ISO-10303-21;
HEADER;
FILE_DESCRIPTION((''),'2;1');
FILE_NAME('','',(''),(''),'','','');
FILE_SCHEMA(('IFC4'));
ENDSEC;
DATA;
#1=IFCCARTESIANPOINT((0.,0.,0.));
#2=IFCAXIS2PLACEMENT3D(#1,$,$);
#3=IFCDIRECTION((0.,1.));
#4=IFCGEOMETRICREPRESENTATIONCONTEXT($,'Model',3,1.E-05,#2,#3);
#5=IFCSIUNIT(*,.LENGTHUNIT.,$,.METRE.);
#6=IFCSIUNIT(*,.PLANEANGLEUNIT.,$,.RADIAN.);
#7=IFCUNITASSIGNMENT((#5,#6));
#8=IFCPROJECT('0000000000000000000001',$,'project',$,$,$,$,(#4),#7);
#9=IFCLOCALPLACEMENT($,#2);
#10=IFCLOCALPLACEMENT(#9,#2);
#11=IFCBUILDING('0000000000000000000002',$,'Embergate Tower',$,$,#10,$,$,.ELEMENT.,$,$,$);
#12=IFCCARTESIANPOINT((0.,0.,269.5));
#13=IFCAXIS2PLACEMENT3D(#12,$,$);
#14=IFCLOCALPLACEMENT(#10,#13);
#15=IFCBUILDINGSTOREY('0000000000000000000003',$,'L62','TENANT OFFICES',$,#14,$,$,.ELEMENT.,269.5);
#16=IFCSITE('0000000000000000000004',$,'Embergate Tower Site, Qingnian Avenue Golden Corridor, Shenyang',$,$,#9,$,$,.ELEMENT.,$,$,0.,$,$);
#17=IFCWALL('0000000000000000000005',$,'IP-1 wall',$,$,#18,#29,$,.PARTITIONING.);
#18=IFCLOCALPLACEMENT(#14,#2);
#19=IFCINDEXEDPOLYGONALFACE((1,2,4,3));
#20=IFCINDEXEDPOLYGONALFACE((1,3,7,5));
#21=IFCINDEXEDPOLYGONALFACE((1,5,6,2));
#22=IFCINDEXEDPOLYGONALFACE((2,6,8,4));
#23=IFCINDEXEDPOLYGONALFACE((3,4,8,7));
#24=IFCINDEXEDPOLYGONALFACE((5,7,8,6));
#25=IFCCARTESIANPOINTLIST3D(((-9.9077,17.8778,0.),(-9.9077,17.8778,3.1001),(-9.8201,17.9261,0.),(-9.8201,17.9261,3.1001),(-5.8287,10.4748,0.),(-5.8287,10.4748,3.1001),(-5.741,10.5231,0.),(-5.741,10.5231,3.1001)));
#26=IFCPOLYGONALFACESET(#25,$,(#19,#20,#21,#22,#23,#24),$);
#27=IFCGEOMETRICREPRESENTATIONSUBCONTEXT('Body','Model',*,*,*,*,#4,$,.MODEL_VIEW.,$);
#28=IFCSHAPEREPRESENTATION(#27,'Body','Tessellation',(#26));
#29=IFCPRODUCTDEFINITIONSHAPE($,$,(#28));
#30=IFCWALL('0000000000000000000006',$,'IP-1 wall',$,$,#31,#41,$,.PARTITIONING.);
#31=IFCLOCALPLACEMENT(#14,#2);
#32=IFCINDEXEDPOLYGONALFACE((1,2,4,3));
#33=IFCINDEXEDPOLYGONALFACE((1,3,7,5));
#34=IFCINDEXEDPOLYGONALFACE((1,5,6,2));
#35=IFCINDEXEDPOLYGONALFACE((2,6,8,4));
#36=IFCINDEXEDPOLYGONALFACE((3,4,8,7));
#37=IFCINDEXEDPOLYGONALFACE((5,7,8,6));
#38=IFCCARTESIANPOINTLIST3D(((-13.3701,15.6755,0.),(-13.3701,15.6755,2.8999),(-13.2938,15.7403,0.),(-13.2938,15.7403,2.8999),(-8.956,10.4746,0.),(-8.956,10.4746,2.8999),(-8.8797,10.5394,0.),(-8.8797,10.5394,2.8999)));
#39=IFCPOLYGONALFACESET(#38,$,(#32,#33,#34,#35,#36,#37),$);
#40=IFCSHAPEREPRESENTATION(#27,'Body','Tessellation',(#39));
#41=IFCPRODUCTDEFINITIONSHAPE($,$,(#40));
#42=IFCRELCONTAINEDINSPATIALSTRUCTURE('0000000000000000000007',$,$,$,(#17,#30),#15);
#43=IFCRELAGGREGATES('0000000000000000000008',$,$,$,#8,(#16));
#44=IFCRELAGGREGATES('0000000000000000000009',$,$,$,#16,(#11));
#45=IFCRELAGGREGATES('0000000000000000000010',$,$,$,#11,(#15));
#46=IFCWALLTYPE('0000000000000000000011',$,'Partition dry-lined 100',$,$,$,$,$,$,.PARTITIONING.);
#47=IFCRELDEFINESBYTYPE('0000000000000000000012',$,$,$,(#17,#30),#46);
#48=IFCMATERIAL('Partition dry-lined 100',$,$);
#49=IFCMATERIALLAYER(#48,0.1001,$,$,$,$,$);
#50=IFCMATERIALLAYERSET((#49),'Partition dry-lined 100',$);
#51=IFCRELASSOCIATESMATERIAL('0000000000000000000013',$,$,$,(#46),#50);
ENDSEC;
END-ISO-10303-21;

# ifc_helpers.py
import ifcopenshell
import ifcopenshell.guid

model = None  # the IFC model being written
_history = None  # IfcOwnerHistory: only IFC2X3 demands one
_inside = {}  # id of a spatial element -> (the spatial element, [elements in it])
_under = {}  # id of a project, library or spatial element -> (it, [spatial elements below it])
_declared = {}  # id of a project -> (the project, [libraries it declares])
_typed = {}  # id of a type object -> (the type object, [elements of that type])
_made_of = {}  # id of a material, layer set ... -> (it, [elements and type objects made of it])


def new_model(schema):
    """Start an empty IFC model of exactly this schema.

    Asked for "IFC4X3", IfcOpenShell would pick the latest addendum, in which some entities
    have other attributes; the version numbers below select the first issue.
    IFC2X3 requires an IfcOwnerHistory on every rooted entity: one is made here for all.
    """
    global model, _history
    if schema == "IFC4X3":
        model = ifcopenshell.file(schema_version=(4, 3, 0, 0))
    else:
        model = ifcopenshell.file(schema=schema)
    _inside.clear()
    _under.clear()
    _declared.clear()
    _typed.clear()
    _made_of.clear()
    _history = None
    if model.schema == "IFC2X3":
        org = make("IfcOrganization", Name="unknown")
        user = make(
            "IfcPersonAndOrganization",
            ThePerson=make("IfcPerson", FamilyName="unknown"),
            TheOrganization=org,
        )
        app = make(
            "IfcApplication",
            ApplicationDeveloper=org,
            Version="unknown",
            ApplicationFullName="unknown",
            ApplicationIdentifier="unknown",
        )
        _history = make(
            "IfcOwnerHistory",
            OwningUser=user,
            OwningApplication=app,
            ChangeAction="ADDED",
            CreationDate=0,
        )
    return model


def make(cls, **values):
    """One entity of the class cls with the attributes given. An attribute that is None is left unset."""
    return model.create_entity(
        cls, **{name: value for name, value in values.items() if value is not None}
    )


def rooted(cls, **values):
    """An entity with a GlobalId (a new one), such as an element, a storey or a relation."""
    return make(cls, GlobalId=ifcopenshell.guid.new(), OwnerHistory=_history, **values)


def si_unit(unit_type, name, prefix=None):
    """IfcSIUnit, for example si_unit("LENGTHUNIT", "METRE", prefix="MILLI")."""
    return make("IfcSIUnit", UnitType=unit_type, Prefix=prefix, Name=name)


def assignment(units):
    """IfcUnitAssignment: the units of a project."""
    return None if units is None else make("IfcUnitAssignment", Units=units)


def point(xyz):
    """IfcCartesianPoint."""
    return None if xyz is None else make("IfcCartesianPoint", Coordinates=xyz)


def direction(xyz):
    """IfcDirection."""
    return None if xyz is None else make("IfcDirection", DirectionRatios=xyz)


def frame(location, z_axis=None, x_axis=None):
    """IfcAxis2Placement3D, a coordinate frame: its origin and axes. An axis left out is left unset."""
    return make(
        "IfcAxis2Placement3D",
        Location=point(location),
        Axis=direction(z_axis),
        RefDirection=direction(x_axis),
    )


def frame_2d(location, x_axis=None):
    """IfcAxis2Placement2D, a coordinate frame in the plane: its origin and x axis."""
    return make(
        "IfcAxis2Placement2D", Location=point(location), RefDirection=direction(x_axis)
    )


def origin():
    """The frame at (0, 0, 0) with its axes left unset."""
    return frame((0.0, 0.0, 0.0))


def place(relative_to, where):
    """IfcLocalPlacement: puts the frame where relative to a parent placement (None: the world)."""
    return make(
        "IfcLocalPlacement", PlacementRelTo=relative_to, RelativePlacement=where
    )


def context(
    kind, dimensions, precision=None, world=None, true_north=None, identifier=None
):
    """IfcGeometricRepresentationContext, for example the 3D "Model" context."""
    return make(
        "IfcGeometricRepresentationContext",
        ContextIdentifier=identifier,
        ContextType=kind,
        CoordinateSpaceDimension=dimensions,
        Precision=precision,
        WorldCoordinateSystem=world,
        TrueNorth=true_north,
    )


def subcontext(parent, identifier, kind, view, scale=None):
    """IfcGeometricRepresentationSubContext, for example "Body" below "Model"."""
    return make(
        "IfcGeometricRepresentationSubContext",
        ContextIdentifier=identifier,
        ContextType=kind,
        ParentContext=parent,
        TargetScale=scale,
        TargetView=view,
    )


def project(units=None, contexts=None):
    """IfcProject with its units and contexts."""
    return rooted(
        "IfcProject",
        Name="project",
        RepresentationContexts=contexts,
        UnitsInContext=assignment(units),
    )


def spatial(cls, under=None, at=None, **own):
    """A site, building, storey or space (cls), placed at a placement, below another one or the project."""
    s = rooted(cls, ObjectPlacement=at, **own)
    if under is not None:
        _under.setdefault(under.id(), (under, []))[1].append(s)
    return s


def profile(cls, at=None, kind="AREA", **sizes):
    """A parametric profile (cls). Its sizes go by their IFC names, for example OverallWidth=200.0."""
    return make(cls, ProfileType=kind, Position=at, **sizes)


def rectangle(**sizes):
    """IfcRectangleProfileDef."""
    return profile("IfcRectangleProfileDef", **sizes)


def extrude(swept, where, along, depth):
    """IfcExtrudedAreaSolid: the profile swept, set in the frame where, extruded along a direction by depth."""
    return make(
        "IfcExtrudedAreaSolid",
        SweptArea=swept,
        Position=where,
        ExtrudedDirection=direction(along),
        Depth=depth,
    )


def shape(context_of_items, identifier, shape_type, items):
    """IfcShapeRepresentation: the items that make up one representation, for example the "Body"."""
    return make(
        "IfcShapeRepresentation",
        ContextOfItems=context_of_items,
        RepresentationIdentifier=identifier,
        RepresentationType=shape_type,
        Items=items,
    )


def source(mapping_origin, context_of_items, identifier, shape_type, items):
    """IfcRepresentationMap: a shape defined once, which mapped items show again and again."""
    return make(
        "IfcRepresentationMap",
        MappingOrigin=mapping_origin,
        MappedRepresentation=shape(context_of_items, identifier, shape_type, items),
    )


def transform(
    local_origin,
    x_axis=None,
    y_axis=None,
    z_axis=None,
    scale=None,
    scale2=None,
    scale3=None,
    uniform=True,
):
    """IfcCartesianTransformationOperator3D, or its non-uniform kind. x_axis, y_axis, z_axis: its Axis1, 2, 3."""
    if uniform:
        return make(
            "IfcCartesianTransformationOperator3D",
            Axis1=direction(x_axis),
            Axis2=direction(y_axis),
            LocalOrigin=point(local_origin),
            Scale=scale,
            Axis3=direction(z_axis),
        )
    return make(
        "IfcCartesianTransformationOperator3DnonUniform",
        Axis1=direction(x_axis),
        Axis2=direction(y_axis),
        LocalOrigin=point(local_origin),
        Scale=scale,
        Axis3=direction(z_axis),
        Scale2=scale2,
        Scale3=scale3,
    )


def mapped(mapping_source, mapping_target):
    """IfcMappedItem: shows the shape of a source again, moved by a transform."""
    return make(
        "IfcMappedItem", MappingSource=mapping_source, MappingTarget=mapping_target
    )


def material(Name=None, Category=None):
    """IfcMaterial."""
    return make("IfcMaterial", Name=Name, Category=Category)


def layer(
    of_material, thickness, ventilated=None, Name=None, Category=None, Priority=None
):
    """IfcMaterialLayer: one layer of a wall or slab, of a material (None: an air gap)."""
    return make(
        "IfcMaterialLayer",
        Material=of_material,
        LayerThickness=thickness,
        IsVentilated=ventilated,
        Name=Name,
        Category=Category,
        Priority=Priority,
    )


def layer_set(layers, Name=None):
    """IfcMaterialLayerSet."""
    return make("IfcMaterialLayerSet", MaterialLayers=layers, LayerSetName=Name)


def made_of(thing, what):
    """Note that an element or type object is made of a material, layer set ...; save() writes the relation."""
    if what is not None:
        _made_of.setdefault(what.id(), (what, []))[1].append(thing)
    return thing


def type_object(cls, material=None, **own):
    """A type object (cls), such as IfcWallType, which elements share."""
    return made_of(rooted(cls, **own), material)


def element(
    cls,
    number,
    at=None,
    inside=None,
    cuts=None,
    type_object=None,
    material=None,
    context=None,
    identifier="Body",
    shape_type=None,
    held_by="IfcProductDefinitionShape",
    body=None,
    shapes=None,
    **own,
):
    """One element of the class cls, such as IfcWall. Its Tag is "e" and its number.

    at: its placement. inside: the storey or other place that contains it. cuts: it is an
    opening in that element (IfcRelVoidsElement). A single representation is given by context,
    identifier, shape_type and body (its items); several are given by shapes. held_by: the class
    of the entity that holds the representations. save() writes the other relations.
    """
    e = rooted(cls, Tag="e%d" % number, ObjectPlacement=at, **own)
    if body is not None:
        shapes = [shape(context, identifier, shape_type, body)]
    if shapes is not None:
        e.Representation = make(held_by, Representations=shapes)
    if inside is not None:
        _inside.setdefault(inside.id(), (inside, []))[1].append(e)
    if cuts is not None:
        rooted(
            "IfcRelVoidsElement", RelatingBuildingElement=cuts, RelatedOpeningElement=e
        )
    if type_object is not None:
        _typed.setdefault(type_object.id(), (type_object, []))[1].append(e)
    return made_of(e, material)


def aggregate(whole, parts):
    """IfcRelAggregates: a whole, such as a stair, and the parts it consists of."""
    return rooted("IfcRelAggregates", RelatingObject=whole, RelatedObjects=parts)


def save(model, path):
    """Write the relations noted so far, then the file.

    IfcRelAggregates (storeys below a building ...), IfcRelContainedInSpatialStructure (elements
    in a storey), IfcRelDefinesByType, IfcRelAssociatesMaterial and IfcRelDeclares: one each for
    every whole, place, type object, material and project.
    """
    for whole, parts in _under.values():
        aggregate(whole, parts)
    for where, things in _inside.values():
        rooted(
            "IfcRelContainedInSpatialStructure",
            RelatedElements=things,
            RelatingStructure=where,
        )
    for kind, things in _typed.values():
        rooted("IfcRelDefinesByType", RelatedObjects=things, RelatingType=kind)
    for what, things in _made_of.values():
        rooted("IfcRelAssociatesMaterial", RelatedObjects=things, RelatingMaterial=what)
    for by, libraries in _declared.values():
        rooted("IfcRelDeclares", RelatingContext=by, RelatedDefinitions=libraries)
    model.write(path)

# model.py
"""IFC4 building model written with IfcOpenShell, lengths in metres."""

from ifc_helpers import new_model, si_unit, direction, frame, frame_2d, origin, place, context, subcontext, project, spatial, rectangle, extrude, source, transform, mapped, material, layer, layer_set, type_object, element, save


model = new_model("IFC4")

# Units and contexts
model_context = context("Model", 3, precision=1e-05, world=origin(), true_north=direction((0.0, 1.0)))
body_context = subcontext(model_context, "Body", "Model", "MODEL_VIEW")
ifc_project = project(units=[si_unit("LENGTHUNIT", "METRE"), si_unit("PLANEANGLEUNIT", "RADIAN")], contexts=[model_context])

# Site, building, storey
site_placement = place(None, origin())
site = spatial("IfcSite", under=ifc_project, at=site_placement, Name="Embergate Tower Site, Qingnian Avenue Golden Corridor, Shenyang", CompositionType="ELEMENT", RefElevation=0.0)
building_placement = place(site_placement, origin())
building = spatial("IfcBuilding", under=site, at=building_placement, Name="Embergate Tower", CompositionType="ELEMENT")
storey_placement = place(building_placement, frame((0.0, 0.0, 269.5)))
storey = spatial("IfcBuildingStorey", under=building, at=storey_placement, Name="L62", Description="TENANT OFFICES", CompositionType="ELEMENT", Elevation=269.5)

# Walls
ifc_material_1 = material(Name="Partition dry-lined 100")
ifc_layer_1 = layer(ifc_material_1, 0.1001)
ifc_layer_set_1 = layer_set([ifc_layer_1], Name="Partition dry-lined 100")
wall_type_1 = type_object("IfcWallType", Name="Partition dry-lined 100", PredefinedType="PARTITIONING", material=ifc_layer_set_1)
shared_shape_1 = source(origin(), body_context, "Body", "SweptSolid", [
    extrude(rectangle(XDim=8.4524, YDim=0.1001, at=frame_2d((4.2261, 0.0))), origin(), (0.0, 0.0, 1.0), 3.1001),
])
wall_1_placement = place(storey_placement, frame((-5.7849, 10.499, 0.0), z_axis=(0.0, 0.0, 1.0), x_axis=(-0.482592, 0.875845, 0.0)))
element("IfcWall", 1, at=wall_1_placement, inside=storey, type_object=wall_type_1, Name="IP-1 wall", PredefinedType="PARTITIONING", context=body_context, shape_type="MappedRepresentation", body=[
    mapped(shared_shape_1, transform((0.0, 0.0, 0.0))),
])
shared_shape_2 = source(origin(), body_context, "Body", "SweptSolid", [
    extrude(rectangle(XDim=6.8215, YDim=0.1001, at=frame_2d((3.4106, 0.0))), origin(), (0.0, 0.0, 1.0), 2.8999),
])
wall_2_placement = place(storey_placement, frame((-8.918, 10.5071, 0.0), z_axis=(0.0, 0.0, 1.0), x_axis=(-0.647076, 0.762426, 0.0)))
element("IfcWall", 2, at=wall_2_placement, inside=storey, type_object=wall_type_1, Name="IP-1 wall", PredefinedType="PARTITIONING", context=body_context, shape_type="MappedRepresentation", body=[
    mapped(shared_shape_2, transform((0.0, 0.0, 0.0))),
])

save(model, "model.ifc")
